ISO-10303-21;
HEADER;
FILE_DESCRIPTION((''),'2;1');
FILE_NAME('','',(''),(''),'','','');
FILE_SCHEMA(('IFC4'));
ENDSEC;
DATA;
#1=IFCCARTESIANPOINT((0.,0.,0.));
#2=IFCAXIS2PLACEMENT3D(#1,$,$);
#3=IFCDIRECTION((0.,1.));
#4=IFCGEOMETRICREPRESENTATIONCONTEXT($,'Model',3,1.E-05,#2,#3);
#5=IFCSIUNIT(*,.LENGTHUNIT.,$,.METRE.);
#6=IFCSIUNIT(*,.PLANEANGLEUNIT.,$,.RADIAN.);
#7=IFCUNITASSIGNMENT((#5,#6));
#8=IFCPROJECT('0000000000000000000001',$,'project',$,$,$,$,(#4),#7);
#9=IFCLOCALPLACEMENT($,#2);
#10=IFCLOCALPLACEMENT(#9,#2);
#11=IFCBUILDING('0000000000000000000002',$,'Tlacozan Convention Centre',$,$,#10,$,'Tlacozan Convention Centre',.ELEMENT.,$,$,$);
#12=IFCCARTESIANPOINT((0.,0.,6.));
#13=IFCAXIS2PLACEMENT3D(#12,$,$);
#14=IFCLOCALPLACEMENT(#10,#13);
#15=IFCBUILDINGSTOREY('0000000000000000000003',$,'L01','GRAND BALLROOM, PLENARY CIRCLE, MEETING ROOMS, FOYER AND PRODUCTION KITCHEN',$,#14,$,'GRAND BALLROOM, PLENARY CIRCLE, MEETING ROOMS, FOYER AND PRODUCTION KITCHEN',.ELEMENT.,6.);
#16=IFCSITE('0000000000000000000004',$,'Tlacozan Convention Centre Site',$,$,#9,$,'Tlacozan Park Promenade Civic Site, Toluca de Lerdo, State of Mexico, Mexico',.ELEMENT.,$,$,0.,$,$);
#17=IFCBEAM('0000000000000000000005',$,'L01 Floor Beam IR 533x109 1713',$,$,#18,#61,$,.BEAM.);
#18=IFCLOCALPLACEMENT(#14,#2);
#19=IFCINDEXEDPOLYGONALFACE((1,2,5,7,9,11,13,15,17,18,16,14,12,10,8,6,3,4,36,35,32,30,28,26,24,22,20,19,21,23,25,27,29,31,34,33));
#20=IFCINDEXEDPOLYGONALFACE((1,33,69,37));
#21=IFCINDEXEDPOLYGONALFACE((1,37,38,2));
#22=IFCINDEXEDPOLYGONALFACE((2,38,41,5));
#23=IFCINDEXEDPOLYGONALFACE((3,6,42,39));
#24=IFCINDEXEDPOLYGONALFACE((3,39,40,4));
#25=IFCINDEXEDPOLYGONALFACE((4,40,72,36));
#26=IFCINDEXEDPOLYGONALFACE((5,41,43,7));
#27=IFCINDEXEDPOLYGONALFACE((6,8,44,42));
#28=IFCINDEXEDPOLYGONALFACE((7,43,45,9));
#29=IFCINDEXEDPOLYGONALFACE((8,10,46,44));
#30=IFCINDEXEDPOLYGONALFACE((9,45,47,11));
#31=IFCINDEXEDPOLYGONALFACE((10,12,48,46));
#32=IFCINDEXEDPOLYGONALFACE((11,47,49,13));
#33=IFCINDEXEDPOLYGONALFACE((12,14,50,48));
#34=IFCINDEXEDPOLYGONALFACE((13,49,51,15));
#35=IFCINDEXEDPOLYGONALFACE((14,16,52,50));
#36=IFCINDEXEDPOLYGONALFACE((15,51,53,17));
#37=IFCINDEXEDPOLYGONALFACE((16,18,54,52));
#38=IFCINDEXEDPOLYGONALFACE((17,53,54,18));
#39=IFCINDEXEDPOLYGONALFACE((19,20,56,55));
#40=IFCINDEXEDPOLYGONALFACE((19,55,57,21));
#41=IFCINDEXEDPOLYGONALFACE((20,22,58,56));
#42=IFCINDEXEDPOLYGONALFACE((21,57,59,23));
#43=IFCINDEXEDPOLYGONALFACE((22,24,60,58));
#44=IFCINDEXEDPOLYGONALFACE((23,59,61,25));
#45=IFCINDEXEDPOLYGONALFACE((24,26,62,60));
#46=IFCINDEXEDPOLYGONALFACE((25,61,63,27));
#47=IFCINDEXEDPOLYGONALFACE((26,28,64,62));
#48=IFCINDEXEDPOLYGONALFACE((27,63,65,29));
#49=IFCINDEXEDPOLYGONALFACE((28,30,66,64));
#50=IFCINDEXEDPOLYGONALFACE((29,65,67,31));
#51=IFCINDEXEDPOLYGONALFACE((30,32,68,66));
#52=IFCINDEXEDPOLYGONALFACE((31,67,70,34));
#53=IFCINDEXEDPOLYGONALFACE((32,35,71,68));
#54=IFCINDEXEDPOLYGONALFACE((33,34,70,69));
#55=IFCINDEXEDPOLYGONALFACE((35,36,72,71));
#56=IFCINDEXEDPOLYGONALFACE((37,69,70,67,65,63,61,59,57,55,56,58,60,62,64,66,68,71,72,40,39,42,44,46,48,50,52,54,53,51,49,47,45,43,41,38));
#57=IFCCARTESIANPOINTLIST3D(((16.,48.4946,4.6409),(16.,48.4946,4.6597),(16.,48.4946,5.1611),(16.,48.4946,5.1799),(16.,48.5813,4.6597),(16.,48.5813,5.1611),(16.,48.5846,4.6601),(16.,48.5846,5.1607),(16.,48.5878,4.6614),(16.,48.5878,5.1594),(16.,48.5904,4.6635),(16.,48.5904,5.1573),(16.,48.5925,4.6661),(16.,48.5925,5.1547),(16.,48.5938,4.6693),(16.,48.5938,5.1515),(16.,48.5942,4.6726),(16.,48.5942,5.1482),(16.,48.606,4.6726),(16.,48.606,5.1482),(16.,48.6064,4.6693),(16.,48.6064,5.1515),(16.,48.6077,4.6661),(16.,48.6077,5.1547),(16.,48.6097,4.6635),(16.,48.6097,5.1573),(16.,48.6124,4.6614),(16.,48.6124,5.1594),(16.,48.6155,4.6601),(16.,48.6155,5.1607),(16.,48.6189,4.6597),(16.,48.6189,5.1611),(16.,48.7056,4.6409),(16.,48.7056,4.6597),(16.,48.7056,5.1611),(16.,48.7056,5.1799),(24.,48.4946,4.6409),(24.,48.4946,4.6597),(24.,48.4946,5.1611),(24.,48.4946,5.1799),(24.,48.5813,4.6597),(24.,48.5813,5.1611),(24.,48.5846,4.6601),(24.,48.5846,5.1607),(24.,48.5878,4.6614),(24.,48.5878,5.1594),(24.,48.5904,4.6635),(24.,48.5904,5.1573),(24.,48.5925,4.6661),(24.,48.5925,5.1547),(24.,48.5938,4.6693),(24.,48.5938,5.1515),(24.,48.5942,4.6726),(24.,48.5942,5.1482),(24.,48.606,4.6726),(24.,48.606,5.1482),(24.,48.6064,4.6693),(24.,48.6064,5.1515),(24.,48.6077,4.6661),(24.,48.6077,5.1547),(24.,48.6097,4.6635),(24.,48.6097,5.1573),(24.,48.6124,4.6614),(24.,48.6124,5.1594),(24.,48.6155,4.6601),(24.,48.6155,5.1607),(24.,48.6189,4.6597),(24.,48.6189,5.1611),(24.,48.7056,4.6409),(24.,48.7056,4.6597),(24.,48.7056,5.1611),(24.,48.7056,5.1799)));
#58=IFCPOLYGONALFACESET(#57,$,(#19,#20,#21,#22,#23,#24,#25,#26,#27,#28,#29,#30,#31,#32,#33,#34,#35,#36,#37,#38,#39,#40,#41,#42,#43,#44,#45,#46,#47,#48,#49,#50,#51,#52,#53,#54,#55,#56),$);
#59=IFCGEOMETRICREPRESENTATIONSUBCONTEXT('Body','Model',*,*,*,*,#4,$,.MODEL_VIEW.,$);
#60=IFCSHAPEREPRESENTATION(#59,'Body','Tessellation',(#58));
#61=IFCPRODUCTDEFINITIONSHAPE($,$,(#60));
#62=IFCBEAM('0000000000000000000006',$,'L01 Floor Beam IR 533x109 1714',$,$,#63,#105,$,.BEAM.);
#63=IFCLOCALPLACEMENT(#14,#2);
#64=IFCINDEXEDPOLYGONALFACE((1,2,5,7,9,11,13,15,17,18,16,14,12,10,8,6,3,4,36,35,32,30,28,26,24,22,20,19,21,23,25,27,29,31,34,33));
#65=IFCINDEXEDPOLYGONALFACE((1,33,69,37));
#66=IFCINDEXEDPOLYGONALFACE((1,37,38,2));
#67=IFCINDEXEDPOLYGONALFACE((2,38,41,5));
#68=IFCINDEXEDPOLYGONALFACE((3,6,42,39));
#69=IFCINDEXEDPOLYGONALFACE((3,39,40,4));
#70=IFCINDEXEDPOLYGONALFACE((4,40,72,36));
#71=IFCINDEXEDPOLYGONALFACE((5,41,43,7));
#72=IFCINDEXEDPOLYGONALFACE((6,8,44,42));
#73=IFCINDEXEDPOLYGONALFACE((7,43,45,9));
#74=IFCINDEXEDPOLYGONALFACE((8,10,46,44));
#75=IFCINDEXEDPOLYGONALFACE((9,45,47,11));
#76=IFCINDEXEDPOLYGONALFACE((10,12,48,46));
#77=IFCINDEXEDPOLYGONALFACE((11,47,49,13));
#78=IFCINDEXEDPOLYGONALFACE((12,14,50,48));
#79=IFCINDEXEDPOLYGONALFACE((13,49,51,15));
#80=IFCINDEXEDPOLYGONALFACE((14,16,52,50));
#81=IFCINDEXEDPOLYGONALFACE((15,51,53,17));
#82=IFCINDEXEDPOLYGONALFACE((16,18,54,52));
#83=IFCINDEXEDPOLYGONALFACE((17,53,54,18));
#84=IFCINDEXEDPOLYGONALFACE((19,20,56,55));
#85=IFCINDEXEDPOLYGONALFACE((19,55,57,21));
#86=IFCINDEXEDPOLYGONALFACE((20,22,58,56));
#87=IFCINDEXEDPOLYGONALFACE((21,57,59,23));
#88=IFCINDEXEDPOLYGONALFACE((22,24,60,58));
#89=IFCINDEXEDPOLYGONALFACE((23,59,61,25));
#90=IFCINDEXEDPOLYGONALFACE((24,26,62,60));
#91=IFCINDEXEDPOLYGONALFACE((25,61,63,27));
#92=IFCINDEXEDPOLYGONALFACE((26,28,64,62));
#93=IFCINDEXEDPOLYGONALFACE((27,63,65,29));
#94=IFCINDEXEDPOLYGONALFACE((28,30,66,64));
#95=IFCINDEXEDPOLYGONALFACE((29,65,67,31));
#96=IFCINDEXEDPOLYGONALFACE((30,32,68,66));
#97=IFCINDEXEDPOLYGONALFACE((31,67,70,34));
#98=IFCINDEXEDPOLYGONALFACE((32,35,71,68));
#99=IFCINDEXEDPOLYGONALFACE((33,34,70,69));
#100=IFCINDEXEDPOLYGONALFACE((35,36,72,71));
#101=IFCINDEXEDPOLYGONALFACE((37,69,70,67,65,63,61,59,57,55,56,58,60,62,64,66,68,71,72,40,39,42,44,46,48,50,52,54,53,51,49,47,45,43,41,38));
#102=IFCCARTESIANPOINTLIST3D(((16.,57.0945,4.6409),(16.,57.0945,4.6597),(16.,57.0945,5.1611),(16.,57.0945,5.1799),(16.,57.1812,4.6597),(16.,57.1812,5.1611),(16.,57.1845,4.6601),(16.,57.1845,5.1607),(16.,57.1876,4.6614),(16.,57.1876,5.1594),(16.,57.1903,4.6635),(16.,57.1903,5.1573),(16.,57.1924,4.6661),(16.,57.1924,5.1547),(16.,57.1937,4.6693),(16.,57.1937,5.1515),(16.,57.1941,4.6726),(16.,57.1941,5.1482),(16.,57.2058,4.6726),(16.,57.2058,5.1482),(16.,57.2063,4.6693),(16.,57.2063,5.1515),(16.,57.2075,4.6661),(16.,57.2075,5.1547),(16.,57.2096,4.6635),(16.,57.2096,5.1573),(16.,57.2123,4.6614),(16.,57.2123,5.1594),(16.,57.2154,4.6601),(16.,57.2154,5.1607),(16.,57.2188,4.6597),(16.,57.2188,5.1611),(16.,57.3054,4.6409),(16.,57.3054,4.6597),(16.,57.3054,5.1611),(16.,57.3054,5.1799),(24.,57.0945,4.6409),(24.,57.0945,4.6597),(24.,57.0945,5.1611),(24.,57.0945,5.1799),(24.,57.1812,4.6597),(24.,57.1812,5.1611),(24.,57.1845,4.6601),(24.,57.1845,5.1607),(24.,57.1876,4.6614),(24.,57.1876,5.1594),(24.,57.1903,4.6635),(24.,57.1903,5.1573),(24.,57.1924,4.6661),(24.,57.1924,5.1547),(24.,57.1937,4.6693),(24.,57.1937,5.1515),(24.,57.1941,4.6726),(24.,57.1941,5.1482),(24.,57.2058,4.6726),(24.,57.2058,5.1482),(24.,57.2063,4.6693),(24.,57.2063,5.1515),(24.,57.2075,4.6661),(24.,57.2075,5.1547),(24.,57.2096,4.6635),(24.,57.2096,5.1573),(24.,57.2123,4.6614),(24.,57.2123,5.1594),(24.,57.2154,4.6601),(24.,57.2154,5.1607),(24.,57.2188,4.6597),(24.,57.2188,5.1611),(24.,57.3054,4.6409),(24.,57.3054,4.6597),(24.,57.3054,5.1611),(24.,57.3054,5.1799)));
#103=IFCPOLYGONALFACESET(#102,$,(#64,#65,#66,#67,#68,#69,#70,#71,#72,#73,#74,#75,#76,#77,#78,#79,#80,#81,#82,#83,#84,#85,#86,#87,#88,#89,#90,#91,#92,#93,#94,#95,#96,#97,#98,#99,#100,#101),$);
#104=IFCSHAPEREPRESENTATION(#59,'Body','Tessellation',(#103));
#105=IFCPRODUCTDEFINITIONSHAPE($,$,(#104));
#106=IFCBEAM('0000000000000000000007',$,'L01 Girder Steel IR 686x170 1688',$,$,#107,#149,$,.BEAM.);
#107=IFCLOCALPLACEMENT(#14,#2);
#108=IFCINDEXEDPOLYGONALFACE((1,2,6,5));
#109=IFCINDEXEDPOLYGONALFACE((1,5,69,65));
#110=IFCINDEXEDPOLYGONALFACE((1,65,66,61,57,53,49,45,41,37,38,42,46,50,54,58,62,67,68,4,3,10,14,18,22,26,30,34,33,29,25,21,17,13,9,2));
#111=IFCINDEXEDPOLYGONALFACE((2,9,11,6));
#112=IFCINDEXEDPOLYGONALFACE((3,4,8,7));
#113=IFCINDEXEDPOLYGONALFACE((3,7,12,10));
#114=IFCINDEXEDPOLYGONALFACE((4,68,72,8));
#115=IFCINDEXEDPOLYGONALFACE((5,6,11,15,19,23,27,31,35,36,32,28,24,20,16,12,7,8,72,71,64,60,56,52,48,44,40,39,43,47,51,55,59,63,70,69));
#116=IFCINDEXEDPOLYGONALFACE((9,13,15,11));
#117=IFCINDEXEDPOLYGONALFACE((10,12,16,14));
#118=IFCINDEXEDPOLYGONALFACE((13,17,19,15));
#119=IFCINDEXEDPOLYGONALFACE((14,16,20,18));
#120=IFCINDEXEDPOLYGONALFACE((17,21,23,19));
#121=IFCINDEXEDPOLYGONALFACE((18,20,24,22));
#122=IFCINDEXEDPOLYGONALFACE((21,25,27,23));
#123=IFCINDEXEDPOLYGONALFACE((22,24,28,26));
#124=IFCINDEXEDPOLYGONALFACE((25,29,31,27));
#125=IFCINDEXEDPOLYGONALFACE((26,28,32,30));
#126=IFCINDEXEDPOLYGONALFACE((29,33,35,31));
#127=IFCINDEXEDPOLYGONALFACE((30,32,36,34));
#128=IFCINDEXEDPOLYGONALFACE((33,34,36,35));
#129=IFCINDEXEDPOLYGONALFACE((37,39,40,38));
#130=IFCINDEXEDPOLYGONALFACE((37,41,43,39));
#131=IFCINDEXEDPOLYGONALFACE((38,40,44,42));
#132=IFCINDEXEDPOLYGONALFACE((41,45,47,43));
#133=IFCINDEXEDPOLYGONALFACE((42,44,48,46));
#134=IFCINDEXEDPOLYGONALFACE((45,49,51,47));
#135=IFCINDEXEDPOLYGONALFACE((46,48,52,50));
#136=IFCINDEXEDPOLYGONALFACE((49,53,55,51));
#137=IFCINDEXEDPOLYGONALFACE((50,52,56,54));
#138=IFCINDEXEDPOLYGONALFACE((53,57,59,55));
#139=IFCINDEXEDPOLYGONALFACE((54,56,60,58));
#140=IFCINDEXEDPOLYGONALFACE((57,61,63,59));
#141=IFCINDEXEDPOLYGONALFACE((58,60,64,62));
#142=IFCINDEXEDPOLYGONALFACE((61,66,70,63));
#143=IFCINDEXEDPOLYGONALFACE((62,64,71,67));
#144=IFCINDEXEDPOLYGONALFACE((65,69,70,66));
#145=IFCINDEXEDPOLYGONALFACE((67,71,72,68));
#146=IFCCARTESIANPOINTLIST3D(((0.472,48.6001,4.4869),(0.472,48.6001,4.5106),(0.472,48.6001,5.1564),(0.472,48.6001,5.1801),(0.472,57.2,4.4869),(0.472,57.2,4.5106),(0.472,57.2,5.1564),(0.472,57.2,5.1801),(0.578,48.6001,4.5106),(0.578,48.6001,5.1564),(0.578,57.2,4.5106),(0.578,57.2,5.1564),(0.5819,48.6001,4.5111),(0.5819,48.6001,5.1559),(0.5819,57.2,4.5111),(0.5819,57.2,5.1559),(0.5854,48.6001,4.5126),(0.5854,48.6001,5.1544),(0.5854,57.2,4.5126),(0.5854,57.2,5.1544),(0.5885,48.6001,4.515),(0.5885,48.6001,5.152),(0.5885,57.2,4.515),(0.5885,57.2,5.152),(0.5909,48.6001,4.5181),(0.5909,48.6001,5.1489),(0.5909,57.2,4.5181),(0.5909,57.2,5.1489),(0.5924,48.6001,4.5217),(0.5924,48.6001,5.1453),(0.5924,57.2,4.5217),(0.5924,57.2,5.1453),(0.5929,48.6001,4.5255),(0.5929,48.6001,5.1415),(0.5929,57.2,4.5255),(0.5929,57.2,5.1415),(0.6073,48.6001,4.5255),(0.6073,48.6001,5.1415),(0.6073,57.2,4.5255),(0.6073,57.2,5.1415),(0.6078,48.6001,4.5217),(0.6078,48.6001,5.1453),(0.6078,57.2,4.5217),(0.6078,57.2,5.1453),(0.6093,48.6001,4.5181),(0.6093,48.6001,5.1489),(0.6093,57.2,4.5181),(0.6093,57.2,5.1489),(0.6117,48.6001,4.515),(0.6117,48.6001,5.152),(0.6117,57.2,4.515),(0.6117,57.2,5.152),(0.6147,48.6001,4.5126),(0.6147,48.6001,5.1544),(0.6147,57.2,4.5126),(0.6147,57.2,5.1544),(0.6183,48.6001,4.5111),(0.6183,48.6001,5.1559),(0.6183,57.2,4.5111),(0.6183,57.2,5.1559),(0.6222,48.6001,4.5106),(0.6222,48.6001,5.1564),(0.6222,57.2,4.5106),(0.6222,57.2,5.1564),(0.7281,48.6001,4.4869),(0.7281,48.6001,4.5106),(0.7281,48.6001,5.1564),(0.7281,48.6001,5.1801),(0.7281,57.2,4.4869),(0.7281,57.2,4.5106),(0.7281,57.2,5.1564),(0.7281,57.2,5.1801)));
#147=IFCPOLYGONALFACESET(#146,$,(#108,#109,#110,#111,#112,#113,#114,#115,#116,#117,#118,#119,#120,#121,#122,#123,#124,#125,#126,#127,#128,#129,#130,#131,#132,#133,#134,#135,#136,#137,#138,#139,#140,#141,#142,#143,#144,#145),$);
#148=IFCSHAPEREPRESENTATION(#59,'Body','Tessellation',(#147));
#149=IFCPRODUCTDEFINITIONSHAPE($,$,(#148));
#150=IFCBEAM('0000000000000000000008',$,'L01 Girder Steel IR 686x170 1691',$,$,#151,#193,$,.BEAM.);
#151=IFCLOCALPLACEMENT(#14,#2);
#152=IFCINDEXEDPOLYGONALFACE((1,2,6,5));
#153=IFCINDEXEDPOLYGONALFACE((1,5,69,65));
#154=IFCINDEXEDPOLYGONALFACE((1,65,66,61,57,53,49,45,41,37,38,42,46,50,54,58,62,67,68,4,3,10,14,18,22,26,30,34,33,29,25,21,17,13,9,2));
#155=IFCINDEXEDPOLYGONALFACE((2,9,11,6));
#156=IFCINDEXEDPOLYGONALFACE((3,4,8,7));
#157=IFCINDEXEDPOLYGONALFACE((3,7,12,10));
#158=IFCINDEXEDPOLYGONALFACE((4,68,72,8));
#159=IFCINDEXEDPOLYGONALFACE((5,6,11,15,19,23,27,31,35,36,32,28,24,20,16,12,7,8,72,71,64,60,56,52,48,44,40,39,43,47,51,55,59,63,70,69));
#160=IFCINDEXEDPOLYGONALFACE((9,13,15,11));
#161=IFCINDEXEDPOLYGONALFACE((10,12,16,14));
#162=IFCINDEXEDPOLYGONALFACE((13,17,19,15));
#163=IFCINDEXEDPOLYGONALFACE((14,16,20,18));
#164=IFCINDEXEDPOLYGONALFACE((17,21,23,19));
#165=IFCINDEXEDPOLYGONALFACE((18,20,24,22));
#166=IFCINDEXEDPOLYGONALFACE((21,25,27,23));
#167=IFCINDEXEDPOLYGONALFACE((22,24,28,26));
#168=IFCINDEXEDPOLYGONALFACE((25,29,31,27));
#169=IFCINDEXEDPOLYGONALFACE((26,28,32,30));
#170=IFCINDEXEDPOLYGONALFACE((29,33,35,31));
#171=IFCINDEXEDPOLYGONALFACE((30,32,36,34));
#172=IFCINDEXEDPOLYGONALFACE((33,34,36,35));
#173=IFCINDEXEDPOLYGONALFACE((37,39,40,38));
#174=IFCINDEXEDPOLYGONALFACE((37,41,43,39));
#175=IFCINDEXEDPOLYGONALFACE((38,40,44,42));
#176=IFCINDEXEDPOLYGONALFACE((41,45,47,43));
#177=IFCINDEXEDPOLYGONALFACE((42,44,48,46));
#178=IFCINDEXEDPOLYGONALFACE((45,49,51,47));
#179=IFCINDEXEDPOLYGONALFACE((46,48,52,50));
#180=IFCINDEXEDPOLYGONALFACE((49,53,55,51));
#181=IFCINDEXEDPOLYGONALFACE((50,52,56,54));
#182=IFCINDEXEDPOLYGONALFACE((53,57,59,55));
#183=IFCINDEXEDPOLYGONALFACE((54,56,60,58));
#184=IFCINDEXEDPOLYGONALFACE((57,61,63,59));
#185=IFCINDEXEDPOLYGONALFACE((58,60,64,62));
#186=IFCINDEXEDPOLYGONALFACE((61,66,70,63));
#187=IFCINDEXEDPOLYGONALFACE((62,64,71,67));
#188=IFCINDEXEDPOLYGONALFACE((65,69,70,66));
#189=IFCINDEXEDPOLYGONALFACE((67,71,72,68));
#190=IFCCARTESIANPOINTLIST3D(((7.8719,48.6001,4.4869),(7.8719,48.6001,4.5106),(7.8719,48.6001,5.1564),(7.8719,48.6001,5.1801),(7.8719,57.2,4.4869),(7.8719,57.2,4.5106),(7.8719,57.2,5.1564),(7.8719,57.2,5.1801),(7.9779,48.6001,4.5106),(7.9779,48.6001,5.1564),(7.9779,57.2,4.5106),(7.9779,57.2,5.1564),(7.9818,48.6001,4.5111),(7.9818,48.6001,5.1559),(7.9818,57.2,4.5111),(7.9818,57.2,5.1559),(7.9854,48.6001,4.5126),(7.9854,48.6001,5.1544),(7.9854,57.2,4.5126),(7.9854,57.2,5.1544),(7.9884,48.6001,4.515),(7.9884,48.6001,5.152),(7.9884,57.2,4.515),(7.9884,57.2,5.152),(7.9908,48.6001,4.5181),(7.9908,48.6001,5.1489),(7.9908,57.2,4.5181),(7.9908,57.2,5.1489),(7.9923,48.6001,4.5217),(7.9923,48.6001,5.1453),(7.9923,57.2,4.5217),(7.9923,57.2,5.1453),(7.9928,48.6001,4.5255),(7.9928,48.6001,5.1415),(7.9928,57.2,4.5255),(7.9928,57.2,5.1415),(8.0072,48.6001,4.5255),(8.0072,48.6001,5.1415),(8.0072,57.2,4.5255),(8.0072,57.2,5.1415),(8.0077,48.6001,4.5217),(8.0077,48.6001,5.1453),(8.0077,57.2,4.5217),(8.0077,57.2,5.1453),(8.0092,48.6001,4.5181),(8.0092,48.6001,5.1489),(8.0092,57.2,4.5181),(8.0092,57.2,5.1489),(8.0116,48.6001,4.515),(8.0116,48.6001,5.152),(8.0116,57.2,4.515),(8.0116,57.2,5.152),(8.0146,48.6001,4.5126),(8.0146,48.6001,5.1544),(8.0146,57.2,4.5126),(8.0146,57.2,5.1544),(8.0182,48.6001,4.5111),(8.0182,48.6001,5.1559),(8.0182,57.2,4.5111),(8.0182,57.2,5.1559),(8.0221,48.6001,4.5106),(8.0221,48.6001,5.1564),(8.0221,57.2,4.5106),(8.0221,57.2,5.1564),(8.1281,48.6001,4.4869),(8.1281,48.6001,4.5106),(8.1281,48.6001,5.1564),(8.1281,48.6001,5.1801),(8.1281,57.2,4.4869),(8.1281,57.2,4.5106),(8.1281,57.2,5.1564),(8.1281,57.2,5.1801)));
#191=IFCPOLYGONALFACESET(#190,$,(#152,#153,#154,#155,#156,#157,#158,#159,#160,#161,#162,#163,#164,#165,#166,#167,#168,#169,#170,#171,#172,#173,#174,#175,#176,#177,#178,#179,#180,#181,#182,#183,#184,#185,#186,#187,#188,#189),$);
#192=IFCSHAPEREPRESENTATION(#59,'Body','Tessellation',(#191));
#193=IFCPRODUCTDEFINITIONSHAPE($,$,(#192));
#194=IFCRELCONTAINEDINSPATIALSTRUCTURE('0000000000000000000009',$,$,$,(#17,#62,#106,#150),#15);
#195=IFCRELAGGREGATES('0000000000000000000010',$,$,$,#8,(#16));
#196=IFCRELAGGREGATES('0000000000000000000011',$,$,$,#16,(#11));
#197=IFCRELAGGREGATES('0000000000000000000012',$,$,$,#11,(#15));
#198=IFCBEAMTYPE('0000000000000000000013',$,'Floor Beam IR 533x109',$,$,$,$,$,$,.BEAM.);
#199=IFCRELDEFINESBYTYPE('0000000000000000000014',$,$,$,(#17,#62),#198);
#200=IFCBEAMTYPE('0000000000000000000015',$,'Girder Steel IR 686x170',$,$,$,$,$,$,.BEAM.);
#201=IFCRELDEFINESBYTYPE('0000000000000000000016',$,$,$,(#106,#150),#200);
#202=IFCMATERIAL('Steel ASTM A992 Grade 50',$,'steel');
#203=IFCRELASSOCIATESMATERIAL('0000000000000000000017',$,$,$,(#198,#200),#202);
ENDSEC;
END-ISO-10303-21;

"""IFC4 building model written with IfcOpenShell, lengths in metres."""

from ifc_helpers import new_model, si_unit, direction, frame, origin, origin_2d, place, context, subcontext, project, spatial, i_section, extrude, material, material_profile, profile_set, type_object, element, save


model = new_model("IFC4")

# Units and contexts
model_context = context("Model", 3, precision=1e-05, world=origin(), true_north=direction((0.0, 1.0)))
body_context = subcontext(model_context, "Body", "Model", "MODEL_VIEW")
ifc_project = project(units=[si_unit("LENGTHUNIT", "METRE"), si_unit("PLANEANGLEUNIT", "RADIAN")], contexts=[model_context])

# Site, building, storey
site_placement = place(None, origin())
site = spatial("IfcSite", under=ifc_project, at=site_placement, Name="Tlacozan Convention Centre Site", LongName="Tlacozan Park Promenade Civic Site, Toluca de Lerdo, State of Mexico, Mexico", CompositionType="ELEMENT", RefElevation=0.0)
building_placement = place(site_placement, origin())
building = spatial("IfcBuilding", under=site, at=building_placement, Name="Tlacozan Convention Centre", LongName="Tlacozan Convention Centre", CompositionType="ELEMENT")
storey_placement = place(building_placement, frame((0.0, 0.0, 6.0)))
storey = spatial("IfcBuildingStorey", under=building, at=storey_placement, Name="L01", Description="GRAND BALLROOM, PLENARY CIRCLE, MEETING ROOMS, FOYER AND PRODUCTION KITCHEN", LongName="GRAND BALLROOM, PLENARY CIRCLE, MEETING ROOMS, FOYER AND PRODUCTION KITCHEN", CompositionType="ELEMENT", Elevation=6.0)

# Beams
ifc_material_1 = material(Name="Steel ASTM A992 Grade 50", Category="steel")
ifc_material_profile_1 = material_profile(ifc_material_1, i_section(OverallWidth=0.2109, OverallDepth=0.5391, WebThickness=0.0117, FlangeThickness=0.0188, FilletRadius=0.0129, at=origin_2d()), Name="IR 533x109.0")
ifc_profile_set_1 = profile_set([ifc_material_profile_1], Name="Steel ASTM A992 Grade 50")
beam_type_1 = type_object("IfcBeamType", Name="Floor Beam IR 533x109", PredefinedType="BEAM", material=ifc_profile_set_1)
for number, where, z_axis, x_axis, name in (
    (1, (16.0, 48.6001, 4.9104), (1.0, 0.0, 0.0), (0.0, 1.0, 0.0), "L01 Floor Beam IR 533x109 1713"),
    (2, (16.0, 57.2, 4.9104), (1.0, 0.0, 0.0), (0.0, 1.0, 0.0), "L01 Floor Beam IR 533x109 1714"),
):
    element("IfcBeam", number, at=place(storey_placement, frame(where, z_axis=z_axis, x_axis=x_axis)), inside=storey, type_object=beam_type_1, Name=name, PredefinedType="BEAM", context=body_context, shape_type="SweptSolid", body=[
        extrude(i_section(OverallWidth=0.2109, OverallDepth=0.5391, WebThickness=0.0117, FlangeThickness=0.0188, FilletRadius=0.0129, at=origin_2d()), origin(), (0.0, 0.0, 1.0), 8.0),
    ])
ifc_material_profile_2 = material_profile(ifc_material_1, i_section(OverallWidth=0.2561, OverallDepth=0.6931, WebThickness=0.0144, FlangeThickness=0.0237, FilletRadius=0.0149, at=origin_2d()), Name="IR 686x170.0")
ifc_profile_set_2 = profile_set([ifc_material_profile_2], Name="Steel ASTM A992 Grade 50")
beam_type_2 = type_object("IfcBeamType", Name="Girder Steel IR 686x170", PredefinedType="BEAM", material=ifc_profile_set_2)
for number, where, z_axis, x_axis, name in (
    (3, (0.6001, 48.6001, 4.8335), (0.0, 1.0, 0.0), (-1.0, 0.0, 0.0), "L01 Girder Steel IR 686x170 1688"),
    (4, (8.0, 48.6001, 4.8335), (0.0, 1.0, 0.0), (-1.0, 0.0, 0.0), "L01 Girder Steel IR 686x170 1691"),
):
    element("IfcBeam", number, at=place(storey_placement, frame(where, z_axis=z_axis, x_axis=x_axis)), inside=storey, type_object=beam_type_2, Name=name, PredefinedType="BEAM", context=body_context, shape_type="SweptSolid", body=[
        extrude(i_section(OverallWidth=0.2561, OverallDepth=0.6931, WebThickness=0.0144, FlangeThickness=0.0237, FilletRadius=0.0149, at=origin_2d()), origin(), (0.0, 0.0, 1.0), 8.5999),
    ])

save(model, "model.ifc")
